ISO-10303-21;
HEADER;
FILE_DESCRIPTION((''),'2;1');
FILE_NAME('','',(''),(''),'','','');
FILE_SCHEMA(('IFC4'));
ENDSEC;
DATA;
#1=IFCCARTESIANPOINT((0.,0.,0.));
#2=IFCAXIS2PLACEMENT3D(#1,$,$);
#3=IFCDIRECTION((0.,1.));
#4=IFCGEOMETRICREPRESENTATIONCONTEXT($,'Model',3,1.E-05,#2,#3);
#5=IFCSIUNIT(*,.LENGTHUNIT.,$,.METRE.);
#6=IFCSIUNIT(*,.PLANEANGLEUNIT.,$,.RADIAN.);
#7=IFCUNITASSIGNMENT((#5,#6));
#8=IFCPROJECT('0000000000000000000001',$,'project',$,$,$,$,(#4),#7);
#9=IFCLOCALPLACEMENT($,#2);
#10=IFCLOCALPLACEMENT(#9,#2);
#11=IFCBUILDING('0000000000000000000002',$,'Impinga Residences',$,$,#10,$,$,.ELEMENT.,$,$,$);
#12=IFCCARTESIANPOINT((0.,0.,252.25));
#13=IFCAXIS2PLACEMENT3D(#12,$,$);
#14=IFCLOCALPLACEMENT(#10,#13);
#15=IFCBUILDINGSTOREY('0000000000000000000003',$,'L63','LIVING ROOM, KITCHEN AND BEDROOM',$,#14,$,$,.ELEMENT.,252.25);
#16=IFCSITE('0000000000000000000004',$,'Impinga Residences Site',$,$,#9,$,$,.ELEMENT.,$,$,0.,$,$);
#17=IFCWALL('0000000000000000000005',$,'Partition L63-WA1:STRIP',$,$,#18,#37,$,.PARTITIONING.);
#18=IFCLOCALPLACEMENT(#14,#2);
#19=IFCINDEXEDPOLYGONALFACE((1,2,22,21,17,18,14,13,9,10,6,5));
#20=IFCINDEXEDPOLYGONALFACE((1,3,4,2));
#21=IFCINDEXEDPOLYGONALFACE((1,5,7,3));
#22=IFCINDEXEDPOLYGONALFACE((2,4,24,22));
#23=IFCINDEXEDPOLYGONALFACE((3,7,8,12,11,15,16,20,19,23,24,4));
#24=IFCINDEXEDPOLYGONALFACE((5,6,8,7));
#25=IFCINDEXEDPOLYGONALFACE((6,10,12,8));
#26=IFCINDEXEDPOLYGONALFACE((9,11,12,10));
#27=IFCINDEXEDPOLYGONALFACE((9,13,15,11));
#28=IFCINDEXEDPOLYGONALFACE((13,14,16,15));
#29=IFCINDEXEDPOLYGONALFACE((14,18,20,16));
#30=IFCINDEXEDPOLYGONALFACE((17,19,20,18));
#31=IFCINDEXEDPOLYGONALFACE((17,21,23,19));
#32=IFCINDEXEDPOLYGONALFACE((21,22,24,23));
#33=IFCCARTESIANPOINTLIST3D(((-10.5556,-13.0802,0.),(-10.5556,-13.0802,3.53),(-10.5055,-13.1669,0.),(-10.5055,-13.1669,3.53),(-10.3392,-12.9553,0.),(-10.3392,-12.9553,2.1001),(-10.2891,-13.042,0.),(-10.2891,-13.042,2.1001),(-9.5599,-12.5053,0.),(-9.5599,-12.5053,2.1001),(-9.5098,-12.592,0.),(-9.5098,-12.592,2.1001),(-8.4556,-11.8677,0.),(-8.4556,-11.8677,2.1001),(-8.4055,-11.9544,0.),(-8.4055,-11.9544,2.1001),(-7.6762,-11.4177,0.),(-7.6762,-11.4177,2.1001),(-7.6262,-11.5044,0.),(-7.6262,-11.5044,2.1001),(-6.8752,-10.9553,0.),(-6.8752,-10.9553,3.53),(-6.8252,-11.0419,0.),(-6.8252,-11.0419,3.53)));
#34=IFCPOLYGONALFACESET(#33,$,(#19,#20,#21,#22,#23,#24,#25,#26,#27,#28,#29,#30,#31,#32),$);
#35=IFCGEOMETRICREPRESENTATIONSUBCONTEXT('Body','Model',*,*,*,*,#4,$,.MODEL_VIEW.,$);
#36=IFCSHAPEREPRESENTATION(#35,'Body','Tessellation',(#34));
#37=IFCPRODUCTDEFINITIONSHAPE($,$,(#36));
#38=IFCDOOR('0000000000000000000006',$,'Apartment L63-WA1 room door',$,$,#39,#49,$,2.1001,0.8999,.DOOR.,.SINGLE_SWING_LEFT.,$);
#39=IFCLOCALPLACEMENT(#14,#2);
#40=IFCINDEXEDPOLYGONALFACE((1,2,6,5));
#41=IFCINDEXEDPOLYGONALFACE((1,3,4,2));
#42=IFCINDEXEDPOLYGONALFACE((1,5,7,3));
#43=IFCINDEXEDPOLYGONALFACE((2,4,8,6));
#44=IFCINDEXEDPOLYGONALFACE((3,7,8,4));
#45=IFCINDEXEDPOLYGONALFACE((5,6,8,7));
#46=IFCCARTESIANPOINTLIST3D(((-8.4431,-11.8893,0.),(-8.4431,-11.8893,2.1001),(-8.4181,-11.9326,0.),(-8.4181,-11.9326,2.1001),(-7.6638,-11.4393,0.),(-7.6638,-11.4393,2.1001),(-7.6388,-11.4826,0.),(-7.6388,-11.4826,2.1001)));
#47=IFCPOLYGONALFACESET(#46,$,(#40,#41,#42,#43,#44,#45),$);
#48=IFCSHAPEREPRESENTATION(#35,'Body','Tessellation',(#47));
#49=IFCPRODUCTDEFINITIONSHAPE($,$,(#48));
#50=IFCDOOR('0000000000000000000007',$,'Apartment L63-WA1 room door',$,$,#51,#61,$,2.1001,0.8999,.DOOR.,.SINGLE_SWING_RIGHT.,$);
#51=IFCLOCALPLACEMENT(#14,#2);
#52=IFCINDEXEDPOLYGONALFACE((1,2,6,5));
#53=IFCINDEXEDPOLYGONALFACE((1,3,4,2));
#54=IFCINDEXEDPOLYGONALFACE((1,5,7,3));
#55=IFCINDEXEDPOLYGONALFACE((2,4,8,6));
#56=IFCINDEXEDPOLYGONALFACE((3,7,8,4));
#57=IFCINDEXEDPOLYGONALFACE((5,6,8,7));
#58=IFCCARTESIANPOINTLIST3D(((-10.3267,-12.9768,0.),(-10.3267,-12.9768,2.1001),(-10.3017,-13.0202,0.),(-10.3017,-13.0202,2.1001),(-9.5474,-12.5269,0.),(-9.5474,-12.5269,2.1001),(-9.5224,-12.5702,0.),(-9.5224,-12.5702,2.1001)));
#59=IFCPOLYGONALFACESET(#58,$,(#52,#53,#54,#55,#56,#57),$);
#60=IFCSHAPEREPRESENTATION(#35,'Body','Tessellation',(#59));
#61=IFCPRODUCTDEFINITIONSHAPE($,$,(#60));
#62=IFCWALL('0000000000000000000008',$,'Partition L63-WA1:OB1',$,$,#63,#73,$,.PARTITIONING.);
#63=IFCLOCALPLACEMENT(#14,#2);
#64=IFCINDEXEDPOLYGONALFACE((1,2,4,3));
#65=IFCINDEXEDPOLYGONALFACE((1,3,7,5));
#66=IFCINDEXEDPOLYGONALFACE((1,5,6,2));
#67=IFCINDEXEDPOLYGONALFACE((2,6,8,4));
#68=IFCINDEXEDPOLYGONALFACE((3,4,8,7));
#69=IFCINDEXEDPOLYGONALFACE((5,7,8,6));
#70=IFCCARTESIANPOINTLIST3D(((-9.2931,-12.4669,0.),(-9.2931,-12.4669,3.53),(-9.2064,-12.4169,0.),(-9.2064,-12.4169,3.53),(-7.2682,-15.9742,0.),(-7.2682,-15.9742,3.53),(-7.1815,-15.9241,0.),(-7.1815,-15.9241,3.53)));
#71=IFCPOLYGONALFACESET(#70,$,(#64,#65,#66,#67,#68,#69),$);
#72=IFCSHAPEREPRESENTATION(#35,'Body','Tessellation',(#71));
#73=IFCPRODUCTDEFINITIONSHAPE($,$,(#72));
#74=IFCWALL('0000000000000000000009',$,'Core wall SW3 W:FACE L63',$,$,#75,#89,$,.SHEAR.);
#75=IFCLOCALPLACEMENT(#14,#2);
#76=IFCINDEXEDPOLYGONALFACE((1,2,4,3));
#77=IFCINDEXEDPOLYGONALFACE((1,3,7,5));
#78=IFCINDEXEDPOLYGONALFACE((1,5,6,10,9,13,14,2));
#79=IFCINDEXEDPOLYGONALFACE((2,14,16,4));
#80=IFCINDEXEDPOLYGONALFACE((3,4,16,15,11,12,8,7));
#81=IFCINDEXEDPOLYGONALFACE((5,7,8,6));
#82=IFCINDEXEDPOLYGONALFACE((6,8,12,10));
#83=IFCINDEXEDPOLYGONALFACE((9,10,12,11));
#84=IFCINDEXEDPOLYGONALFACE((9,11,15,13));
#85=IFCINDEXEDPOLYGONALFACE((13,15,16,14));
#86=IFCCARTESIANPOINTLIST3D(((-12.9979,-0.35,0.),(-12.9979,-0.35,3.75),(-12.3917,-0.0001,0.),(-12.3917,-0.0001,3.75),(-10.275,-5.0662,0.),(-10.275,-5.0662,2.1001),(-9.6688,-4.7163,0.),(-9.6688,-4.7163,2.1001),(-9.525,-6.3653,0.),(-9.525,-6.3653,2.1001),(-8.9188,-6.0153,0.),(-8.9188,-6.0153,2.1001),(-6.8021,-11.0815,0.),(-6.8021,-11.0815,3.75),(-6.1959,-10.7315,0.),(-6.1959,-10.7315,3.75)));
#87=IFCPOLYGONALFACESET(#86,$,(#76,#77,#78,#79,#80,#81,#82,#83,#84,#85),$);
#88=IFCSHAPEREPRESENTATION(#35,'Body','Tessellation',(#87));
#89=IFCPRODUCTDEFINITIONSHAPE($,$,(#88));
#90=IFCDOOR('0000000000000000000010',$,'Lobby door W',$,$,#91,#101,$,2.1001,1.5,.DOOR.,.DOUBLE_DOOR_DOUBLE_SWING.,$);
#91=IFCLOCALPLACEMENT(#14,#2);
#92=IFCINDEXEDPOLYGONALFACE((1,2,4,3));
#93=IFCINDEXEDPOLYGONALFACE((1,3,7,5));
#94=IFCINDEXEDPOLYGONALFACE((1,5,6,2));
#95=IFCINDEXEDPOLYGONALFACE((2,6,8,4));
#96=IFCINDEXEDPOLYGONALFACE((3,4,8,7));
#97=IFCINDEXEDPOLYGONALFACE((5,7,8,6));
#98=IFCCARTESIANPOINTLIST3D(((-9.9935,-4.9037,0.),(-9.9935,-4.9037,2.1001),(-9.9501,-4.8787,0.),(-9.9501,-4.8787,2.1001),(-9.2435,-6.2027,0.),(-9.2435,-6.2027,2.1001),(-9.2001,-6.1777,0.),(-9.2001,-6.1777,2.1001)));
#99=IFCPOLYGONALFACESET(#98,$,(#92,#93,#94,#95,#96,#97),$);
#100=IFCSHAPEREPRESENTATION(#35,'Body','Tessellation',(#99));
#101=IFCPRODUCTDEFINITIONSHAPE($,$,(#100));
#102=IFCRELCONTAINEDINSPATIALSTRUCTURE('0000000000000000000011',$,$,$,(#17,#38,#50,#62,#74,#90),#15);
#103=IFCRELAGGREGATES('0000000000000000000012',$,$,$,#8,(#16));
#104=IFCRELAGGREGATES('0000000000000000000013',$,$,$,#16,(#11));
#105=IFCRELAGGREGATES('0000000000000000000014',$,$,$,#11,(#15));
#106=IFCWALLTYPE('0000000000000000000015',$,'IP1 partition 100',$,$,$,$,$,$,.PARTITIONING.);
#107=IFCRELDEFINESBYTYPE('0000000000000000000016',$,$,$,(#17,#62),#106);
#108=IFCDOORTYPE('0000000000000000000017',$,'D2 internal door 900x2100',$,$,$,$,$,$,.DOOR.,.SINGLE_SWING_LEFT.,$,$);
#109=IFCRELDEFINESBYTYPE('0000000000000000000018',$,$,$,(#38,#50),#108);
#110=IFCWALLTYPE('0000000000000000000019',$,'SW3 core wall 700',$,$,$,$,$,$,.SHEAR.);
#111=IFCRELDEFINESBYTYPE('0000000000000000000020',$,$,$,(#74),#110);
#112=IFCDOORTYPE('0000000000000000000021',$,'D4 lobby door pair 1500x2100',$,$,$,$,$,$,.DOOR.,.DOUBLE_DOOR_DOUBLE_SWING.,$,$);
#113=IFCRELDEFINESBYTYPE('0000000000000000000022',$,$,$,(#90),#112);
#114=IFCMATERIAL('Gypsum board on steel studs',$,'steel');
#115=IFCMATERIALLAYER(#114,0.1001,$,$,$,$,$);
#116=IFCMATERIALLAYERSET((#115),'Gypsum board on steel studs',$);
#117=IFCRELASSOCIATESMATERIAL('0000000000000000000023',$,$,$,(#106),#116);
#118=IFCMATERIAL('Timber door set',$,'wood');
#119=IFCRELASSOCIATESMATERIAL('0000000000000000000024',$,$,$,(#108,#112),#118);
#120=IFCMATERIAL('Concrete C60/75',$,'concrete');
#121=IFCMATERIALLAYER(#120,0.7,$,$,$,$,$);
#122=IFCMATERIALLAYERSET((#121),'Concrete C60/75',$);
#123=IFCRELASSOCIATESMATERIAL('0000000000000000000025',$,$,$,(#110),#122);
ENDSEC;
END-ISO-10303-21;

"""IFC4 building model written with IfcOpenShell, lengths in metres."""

from ifc_helpers import new_model, si_unit, direction, frame, frame_2d, origin, place, context, subcontext, project, spatial, rectangle, extrude, material, layer, layer_set, type_object, element, fill, save


model = new_model("IFC4")

# Units and contexts
model_context = context("Model", 3, precision=1e-05, world=origin(), true_north=direction((0.0, 1.0)))
body_context = subcontext(model_context, "Body", "Model", "MODEL_VIEW")
ifc_project = project(units=[si_unit("LENGTHUNIT", "METRE"), si_unit("PLANEANGLEUNIT", "RADIAN")], contexts=[model_context])

# Site, building, storey
site_placement = place(None, origin())
site = spatial("IfcSite", under=ifc_project, at=site_placement, Name="Impinga Residences Site", CompositionType="ELEMENT", RefElevation=0.0)
building_placement = place(site_placement, origin())
building = spatial("IfcBuilding", under=site, at=building_placement, Name="Impinga Residences", CompositionType="ELEMENT")
storey_placement = place(building_placement, frame((0.0, 0.0, 252.25)))
storey = spatial("IfcBuildingStorey", under=building, at=storey_placement, Name="L63", Description="LIVING ROOM, KITCHEN AND BEDROOM", CompositionType="ELEMENT", Elevation=252.25)

# Shared definitions
ifc_material_1 = material(Name="Concrete C60/75", Category="concrete")

# Shared definitions
ifc_material_2 = material(Name="Gypsum board on steel studs", Category="steel")
ifc_layer_1 = layer(ifc_material_2, 0.1001)
ifc_layer_set_1 = layer_set([ifc_layer_1], Name="Gypsum board on steel studs")
wall_type_1 = type_object("IfcWallType", Name="IP1 partition 100", PredefinedType="PARTITIONING", material=ifc_layer_set_1)

# Wall, openings, doors
wall_1_placement = place(storey_placement, frame((-6.8501, -10.9985, 0.0), z_axis=(0.0, 0.0, 1.0), x_axis=(-0.866014, -0.500019, 0.0)))
wall_1 = element("IfcWall", 1, at=wall_1_placement, inside=storey, type_object=wall_type_1, Name="Partition L63-WA1:STRIP", PredefinedType="PARTITIONING", context=body_context, shape_type="SweptSolid", body=[
    extrude(rectangle(XDim=4.2498, YDim=0.1001, at=frame_2d((2.125, 0.0))), origin(), (0.0, 0.0, 1.0), 3.53),
])
opening_1_placement = place(wall_1_placement, frame((0.925, 0.0, 0.0)))
opening_1 = element("IfcOpeningElement", 2, at=opening_1_placement, cuts=wall_1, PredefinedType="OPENING", context=body_context, shape_type="SweptSolid", body=[
    extrude(rectangle(XDim=0.8999, YDim=2.1001, at=frame_2d((0.45, 1.05))), frame((0.0, 0.0601, 0.0), z_axis=(0.0, -1.0, 0.0), x_axis=(1.0, 0.0, 0.0)), (0.0, 0.0, 1.0), 0.1201),
])
opening_2_placement = place(wall_1_placement, frame((3.1001, 0.0, 0.0)))
opening_2 = element("IfcOpeningElement", 3, at=opening_2_placement, cuts=wall_1, PredefinedType="OPENING", context=body_context, shape_type="SweptSolid", body=[
    extrude(rectangle(XDim=0.8999, YDim=2.1001, at=frame_2d((0.45, 1.05))), frame((0.0, 0.0601, 0.0), z_axis=(0.0, -1.0, 0.0), x_axis=(1.0, 0.0, 0.0)), (0.0, 0.0, 1.0), 0.1201),
])
ifc_material_3 = material(Name="Timber door set", Category="wood")
door_type_1 = type_object("IfcDoorType", Name="D2 internal door 900x2100", OperationType="SINGLE_SWING_LEFT", PredefinedType="DOOR", material=ifc_material_3)
door_1_placement = place(opening_1_placement, origin())
door_1 = element("IfcDoor", 4, at=door_1_placement, inside=storey, type_object=door_type_1, Name="Apartment L63-WA1 room door", OperationType="SINGLE_SWING_LEFT", OverallHeight=2.1001, OverallWidth=0.8999, PredefinedType="DOOR", context=body_context, shape_type="SweptSolid", body=[
    extrude(rectangle(XDim=0.8999, YDim=2.1001, at=frame_2d((0.45, 1.05))), frame((0.0, 0.0249, 0.0), z_axis=(0.0, -1.0, 0.0), x_axis=(1.0, 0.0, 0.0)), (0.0, 0.0, 1.0), 0.05),
])
fill(opening_1, door_1)
door_2_placement = place(opening_2_placement, origin())
door_2 = element("IfcDoor", 5, at=door_2_placement, inside=storey, type_object=door_type_1, Name="Apartment L63-WA1 room door", OperationType="SINGLE_SWING_RIGHT", OverallHeight=2.1001, OverallWidth=0.8999, PredefinedType="DOOR", context=body_context, shape_type="SweptSolid", body=[
    extrude(rectangle(XDim=0.8999, YDim=2.1001, at=frame_2d((0.45, 1.05))), frame((0.0, 0.0249, 0.0), z_axis=(0.0, -1.0, 0.0), x_axis=(1.0, 0.0, 0.0)), (0.0, 0.0, 1.0), 0.05),
])
fill(opening_2, door_2)

# Wall
wall_2_placement = place(storey_placement, frame((-9.2498, -12.4419, 0.0), z_axis=(0.0, 0.0, 1.0), x_axis=(0.49999, -0.866031, 0.0)))
element("IfcWall", 6, at=wall_2_placement, inside=storey, type_object=wall_type_1, Name="Partition L63-WA1:OB1", PredefinedType="PARTITIONING", context=body_context, shape_type="SweptSolid", body=[
    extrude(rectangle(XDim=4.0498, YDim=0.1001, at=frame_2d((2.0249, 0.0))), origin(), (0.0, 0.0, 1.0), 3.53),
])

# Wall, opening, door
ifc_layer_2 = layer(ifc_material_1, 0.7)
ifc_layer_set_2 = layer_set([ifc_layer_2], Name="Concrete C60/75")
wall_type_2 = type_object("IfcWallType", Name="SW3 core wall 700", PredefinedType="SHEAR", material=ifc_layer_set_2)
wall_3_placement = place(storey_placement, frame((-6.499, -10.9065, 0.0), z_axis=(0.0, 0.0, 1.0), x_axis=(-0.5, 0.866025, 0.0)))
wall_3 = element("IfcWall", 7, at=wall_3_placement, inside=storey, type_object=wall_type_2, Name="Core wall SW3 W:FACE L63", PredefinedType="SHEAR", context=body_context, shape_type="SweptSolid", body=[
    extrude(rectangle(XDim=12.3916, YDim=0.7, at=frame_2d((6.1958, 0.0))), origin(), (0.0, 0.0, 1.0), 3.75),
])
opening_3_placement = place(wall_3_placement, frame((5.4458, 0.0, 0.0)))
opening_3 = element("IfcOpeningElement", 8, at=opening_3_placement, cuts=wall_3, PredefinedType="OPENING", context=body_context, shape_type="SweptSolid", body=[
    extrude(rectangle(XDim=1.5, YDim=2.1001, at=frame_2d((0.75, 1.05))), frame((0.0, 0.3599, 0.0), z_axis=(0.0, -1.0, 0.0), x_axis=(1.0, 0.0, 0.0)), (0.0, 0.0, 1.0), 0.72),
])
door_type_2 = type_object("IfcDoorType", Name="D4 lobby door pair 1500x2100", OperationType="DOUBLE_DOOR_DOUBLE_SWING", PredefinedType="DOOR", material=ifc_material_3)
door_3_placement = place(opening_3_placement, origin())
door_3 = element("IfcDoor", 9, at=door_3_placement, inside=storey, type_object=door_type_2, Name="Lobby door W", OperationType="DOUBLE_DOOR_DOUBLE_SWING", OverallHeight=2.1001, OverallWidth=1.5, PredefinedType="DOOR", context=body_context, shape_type="SweptSolid", body=[
    extrude(rectangle(XDim=1.5, YDim=2.1001, at=frame_2d((0.75, 1.05))), frame((0.0, 0.0249, 0.0), z_axis=(0.0, -1.0, 0.0), x_axis=(1.0, 0.0, 0.0)), (0.0, 0.0, 1.0), 0.05),
])
fill(opening_3, door_3)

save(model, "model.ifc")
